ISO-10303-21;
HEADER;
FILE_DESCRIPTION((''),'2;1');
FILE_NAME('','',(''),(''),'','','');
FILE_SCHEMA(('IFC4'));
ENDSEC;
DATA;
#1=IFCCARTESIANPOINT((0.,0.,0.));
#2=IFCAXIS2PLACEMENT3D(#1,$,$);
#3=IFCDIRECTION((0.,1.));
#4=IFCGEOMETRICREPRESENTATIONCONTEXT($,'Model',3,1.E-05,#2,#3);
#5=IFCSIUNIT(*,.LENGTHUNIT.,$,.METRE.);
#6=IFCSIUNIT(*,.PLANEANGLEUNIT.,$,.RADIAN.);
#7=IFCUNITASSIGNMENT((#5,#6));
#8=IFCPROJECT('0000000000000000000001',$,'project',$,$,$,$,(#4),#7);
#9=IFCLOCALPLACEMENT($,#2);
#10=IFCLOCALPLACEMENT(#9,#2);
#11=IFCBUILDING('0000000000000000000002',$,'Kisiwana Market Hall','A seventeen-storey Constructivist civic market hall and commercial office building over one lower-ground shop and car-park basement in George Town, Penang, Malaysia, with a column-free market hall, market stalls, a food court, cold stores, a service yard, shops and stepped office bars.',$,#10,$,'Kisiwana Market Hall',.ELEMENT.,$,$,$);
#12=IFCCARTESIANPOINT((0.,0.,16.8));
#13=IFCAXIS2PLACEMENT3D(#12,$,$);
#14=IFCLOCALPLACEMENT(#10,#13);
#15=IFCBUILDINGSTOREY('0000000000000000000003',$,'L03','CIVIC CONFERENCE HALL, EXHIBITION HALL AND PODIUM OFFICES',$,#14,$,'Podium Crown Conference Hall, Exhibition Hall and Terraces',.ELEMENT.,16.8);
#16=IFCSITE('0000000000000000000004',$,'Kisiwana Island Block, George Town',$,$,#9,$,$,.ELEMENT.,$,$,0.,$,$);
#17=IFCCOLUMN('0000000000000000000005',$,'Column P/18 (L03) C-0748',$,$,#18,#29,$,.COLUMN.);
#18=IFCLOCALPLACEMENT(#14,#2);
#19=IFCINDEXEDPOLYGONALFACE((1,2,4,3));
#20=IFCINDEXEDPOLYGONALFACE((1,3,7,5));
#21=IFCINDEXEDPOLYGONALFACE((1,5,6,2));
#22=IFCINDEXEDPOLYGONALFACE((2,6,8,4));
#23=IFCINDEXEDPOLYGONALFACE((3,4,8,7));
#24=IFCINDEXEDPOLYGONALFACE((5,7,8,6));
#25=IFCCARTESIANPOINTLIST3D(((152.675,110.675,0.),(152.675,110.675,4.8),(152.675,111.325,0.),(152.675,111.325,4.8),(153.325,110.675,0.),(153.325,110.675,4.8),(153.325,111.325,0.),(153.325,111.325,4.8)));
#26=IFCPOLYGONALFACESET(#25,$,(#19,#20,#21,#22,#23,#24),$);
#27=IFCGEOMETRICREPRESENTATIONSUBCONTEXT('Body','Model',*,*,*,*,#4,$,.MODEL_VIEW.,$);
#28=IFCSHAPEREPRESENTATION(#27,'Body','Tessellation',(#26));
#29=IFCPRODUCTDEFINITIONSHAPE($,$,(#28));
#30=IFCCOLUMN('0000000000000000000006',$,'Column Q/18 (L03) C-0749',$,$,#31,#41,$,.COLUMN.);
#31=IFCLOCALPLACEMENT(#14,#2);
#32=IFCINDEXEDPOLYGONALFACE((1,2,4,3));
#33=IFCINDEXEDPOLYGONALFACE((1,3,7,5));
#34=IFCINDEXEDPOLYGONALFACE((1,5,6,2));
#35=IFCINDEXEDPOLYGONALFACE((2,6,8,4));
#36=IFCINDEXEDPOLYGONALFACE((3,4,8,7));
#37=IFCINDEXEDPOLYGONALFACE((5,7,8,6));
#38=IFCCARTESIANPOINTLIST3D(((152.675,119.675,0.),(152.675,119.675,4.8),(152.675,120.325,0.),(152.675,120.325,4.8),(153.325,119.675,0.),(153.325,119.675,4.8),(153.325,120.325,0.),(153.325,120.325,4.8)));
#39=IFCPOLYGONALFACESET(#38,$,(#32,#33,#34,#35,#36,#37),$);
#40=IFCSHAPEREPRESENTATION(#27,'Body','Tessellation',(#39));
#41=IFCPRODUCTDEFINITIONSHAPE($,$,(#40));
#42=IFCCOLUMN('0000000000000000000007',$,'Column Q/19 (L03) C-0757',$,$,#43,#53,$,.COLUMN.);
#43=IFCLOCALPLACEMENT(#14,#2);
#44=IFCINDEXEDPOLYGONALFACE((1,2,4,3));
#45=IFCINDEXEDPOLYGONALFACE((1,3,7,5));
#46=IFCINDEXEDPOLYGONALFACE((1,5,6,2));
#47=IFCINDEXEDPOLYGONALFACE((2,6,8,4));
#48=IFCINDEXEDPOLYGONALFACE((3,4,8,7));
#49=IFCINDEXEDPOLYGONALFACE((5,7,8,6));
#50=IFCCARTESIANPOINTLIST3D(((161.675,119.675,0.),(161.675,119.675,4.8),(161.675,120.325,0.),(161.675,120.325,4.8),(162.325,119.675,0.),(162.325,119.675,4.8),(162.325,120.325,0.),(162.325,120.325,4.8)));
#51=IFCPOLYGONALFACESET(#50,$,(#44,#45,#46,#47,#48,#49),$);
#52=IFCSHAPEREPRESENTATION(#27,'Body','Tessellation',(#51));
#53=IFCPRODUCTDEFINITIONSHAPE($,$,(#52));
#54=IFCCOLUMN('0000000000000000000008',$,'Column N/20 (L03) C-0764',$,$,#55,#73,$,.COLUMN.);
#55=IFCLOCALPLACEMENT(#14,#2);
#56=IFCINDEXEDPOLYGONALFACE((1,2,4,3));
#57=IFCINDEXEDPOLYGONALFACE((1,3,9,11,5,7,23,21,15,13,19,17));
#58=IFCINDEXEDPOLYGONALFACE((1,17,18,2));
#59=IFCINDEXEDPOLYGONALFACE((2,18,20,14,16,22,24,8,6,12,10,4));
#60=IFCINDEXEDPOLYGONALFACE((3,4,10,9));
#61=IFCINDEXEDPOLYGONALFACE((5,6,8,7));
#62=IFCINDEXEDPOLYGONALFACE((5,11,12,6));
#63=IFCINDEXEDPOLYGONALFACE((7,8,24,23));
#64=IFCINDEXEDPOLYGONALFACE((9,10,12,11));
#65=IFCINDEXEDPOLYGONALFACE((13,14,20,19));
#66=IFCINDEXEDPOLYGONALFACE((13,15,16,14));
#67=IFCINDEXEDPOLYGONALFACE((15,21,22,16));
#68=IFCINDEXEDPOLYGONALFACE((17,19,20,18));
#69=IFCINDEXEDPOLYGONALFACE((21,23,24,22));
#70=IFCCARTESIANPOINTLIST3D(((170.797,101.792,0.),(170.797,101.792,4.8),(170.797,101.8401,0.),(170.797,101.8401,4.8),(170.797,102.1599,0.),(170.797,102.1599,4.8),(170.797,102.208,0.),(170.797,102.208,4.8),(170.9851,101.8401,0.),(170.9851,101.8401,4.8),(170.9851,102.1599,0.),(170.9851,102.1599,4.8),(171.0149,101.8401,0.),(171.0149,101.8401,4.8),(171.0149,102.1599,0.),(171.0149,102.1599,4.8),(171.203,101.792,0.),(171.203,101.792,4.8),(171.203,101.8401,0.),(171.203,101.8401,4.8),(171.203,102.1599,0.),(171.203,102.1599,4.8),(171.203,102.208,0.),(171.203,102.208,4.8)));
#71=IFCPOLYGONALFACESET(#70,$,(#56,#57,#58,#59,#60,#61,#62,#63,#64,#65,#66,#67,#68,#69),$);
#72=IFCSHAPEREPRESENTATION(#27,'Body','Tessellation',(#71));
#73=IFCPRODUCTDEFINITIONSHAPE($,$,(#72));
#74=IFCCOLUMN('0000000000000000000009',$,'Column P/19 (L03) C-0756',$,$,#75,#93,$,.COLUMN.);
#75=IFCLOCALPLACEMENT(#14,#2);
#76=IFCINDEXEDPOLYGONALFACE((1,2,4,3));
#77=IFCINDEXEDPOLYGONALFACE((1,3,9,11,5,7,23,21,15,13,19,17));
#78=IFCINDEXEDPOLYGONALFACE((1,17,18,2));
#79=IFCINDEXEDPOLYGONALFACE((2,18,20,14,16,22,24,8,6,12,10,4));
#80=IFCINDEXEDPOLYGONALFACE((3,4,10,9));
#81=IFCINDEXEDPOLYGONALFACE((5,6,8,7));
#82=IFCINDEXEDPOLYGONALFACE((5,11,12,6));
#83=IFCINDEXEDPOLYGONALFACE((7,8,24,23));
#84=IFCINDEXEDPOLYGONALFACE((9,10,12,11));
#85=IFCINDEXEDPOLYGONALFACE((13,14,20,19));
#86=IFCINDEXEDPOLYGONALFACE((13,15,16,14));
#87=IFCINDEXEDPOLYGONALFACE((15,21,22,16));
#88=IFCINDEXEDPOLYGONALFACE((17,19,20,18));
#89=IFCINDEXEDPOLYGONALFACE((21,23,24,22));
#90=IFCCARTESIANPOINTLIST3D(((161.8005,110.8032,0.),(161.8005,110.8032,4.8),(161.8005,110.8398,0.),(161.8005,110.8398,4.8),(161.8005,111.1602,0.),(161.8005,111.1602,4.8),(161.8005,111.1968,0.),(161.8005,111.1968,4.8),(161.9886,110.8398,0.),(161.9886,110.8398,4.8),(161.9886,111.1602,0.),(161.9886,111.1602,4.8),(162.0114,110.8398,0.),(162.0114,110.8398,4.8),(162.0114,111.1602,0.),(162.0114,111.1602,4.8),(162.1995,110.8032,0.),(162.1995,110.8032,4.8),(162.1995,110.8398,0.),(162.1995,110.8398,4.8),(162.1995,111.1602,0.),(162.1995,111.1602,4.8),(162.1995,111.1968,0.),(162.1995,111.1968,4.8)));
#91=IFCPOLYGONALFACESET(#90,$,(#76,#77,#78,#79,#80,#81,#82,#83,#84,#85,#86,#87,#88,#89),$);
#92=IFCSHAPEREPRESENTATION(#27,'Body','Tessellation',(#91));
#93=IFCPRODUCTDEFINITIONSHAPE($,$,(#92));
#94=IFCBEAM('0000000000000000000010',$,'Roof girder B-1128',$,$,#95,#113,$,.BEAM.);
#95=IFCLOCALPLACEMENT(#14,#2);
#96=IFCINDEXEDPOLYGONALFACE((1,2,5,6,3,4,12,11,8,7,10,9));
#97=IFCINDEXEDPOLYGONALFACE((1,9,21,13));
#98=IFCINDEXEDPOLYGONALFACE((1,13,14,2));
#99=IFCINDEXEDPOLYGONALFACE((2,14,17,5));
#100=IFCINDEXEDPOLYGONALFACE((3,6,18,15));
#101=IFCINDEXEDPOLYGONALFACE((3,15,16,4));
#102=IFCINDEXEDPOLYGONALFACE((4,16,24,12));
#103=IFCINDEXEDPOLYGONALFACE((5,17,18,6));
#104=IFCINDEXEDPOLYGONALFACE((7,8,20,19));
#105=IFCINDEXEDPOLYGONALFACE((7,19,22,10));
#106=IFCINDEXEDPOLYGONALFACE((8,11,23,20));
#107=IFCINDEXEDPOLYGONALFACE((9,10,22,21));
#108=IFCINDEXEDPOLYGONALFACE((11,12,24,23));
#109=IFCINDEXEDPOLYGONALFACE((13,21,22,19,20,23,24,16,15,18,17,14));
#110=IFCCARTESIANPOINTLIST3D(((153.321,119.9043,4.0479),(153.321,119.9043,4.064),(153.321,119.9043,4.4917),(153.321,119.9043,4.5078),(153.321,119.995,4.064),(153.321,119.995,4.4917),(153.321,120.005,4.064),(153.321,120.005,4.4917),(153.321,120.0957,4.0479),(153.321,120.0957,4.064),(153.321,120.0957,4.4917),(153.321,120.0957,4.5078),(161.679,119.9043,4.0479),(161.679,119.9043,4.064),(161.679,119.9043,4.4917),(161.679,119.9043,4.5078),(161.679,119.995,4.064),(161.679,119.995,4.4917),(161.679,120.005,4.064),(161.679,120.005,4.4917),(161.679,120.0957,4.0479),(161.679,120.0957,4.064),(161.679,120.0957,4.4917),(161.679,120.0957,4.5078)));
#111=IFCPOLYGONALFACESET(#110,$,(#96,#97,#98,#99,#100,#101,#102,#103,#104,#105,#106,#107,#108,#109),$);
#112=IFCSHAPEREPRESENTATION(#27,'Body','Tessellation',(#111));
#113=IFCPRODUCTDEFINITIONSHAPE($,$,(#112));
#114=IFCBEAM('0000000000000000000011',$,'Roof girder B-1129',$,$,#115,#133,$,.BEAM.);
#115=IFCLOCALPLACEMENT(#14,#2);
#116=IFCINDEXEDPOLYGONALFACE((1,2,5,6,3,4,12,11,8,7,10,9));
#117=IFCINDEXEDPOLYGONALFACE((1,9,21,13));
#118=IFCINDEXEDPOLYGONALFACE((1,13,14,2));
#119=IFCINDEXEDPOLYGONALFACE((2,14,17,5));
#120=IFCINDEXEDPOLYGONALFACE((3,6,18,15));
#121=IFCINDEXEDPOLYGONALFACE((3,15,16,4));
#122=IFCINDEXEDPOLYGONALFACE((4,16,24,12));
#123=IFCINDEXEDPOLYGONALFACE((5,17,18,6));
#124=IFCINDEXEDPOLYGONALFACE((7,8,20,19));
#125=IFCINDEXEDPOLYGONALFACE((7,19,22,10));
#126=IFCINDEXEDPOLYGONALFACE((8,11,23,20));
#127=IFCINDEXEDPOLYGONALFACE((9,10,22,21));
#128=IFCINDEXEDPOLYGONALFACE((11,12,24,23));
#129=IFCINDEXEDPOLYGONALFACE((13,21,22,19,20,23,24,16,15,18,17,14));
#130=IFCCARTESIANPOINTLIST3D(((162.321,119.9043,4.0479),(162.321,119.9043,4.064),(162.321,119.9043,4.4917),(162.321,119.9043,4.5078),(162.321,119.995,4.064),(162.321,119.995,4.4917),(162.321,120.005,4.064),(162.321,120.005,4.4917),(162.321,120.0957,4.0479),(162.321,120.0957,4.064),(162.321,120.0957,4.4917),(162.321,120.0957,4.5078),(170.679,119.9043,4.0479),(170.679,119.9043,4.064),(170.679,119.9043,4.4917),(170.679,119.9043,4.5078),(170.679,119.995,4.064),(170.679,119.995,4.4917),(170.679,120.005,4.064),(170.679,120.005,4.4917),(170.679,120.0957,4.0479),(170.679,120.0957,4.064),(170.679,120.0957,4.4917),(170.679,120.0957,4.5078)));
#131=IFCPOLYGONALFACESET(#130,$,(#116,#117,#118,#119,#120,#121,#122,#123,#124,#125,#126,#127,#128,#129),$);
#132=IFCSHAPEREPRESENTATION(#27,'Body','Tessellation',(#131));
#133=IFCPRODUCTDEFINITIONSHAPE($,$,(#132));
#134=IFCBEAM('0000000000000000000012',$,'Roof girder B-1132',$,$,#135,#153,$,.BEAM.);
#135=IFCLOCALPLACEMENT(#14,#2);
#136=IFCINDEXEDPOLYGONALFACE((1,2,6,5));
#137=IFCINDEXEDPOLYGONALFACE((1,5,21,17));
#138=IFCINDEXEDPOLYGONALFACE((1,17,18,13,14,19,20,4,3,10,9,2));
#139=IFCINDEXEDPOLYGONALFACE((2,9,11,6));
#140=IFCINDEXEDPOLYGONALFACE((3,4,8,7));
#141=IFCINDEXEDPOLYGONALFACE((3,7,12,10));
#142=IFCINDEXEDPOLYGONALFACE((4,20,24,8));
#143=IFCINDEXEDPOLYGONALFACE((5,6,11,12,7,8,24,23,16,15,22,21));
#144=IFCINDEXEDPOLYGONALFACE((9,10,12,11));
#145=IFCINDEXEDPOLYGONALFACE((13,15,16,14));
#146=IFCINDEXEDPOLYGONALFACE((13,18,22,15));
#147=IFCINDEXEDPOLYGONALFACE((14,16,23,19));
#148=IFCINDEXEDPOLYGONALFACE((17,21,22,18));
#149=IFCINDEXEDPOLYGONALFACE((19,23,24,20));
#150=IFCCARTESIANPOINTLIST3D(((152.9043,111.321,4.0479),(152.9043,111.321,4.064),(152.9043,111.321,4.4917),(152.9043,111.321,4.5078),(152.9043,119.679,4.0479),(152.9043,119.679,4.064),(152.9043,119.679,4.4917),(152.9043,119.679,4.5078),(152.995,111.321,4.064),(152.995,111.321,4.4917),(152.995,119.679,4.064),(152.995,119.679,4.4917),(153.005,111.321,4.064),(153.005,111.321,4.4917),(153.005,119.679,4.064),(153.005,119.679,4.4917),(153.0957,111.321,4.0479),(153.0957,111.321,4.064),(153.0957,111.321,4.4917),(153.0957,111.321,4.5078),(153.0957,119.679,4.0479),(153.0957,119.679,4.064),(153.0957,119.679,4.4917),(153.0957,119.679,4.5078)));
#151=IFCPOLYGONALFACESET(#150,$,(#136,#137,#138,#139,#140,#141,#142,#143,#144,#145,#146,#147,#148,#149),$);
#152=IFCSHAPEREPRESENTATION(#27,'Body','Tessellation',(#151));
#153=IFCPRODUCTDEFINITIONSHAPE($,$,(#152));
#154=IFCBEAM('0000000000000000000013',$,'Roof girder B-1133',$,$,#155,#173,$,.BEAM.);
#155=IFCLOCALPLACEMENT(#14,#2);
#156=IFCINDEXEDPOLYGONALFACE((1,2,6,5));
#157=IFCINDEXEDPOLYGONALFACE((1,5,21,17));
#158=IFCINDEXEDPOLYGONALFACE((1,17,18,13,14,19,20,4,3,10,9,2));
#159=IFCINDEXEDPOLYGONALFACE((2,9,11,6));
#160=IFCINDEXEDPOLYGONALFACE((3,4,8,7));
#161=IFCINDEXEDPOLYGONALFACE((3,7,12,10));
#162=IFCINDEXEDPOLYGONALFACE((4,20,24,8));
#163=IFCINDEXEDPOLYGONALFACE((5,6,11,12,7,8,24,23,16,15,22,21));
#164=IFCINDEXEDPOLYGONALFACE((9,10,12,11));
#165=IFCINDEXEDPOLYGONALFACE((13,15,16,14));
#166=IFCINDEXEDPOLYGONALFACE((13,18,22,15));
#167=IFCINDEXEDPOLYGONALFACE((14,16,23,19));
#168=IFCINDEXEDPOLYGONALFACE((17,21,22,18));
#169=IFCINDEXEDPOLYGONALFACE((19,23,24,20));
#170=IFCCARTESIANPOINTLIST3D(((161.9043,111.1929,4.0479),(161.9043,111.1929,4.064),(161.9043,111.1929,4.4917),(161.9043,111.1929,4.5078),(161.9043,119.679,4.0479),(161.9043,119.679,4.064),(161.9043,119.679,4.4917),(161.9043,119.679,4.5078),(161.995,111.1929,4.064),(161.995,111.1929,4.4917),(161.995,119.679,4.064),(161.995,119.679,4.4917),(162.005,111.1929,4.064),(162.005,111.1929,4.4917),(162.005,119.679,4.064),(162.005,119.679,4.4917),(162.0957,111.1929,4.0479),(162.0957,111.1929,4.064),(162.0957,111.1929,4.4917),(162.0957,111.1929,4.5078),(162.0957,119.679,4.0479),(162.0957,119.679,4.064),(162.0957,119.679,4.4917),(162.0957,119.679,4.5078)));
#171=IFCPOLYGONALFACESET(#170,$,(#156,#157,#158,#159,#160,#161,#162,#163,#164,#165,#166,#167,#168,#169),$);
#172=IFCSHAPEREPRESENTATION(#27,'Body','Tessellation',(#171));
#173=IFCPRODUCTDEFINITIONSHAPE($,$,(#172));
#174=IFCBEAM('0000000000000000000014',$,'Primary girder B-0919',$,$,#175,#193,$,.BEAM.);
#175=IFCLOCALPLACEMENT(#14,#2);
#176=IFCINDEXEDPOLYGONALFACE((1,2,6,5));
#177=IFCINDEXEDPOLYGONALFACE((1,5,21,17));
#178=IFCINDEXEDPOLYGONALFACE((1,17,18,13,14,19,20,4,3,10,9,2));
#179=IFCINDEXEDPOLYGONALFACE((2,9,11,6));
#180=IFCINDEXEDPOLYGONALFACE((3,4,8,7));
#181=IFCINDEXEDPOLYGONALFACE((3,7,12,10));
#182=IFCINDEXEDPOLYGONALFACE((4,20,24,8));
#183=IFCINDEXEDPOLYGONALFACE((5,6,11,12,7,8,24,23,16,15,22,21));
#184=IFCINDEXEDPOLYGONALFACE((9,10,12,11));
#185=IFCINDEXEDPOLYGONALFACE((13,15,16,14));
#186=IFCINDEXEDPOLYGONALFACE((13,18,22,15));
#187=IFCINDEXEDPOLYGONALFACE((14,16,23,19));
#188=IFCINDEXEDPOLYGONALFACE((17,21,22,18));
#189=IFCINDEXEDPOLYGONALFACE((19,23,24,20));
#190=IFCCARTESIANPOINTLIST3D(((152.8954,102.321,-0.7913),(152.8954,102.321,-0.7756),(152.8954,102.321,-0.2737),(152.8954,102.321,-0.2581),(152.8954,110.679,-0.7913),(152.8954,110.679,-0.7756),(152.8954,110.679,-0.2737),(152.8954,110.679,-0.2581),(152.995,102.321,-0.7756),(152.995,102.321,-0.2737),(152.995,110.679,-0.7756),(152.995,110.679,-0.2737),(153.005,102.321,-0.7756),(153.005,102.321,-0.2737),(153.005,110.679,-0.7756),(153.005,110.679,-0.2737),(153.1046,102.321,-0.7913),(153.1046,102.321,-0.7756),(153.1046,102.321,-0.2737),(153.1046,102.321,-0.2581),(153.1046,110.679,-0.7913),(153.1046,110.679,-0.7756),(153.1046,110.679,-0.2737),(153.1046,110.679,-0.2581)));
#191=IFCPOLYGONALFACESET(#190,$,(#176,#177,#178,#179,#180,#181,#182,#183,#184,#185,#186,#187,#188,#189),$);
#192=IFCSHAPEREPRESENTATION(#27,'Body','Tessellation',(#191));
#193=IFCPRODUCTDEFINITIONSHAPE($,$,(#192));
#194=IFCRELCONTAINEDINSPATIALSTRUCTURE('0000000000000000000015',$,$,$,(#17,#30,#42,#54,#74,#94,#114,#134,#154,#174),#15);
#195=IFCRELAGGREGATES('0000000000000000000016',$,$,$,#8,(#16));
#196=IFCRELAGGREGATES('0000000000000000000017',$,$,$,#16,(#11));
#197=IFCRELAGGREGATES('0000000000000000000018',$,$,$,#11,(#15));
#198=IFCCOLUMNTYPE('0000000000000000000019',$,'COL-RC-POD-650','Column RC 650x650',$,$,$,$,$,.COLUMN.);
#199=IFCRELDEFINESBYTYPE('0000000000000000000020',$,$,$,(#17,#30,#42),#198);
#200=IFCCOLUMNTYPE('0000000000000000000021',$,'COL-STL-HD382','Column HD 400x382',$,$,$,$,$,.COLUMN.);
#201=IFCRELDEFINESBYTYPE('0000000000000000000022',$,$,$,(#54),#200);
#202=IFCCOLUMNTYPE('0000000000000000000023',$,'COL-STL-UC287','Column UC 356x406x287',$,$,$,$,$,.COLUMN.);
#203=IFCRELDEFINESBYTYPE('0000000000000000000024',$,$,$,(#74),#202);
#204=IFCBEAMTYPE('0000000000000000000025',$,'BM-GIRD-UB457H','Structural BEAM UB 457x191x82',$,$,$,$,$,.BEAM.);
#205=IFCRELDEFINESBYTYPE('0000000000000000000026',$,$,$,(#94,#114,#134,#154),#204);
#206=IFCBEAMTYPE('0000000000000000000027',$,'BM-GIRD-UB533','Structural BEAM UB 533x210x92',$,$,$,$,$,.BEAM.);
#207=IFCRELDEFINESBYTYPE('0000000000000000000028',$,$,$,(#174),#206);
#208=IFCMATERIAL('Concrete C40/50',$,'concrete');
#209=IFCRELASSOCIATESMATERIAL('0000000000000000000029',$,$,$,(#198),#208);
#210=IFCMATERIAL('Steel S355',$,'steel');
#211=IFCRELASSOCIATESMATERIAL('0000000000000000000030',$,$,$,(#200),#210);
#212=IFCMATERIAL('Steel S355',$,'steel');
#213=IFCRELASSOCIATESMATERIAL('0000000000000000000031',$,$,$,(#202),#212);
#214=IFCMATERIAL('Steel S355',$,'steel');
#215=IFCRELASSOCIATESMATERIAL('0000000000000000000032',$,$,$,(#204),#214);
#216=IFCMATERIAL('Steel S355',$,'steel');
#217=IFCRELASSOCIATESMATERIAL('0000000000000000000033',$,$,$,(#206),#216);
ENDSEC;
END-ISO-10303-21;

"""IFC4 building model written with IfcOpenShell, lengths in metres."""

from ifc_helpers import new_model, si_unit, direction, frame, origin, origin_2d, place, context, subcontext, project, spatial, rectangle, i_section, extrude, material, material_profile, profile_set, type_object, element, save


model = new_model("IFC4")

# Units and contexts
model_context = context("Model", 3, precision=1e-05, world=origin(), true_north=direction((0.0, 1.0)))
body_context = subcontext(model_context, "Body", "Model", "MODEL_VIEW")
ifc_project = project(units=[si_unit("LENGTHUNIT", "METRE"), si_unit("PLANEANGLEUNIT", "RADIAN")], contexts=[model_context])

# Site, building, storey
site_placement = place(None, origin())
site = spatial("IfcSite", under=ifc_project, at=site_placement, Name="Kisiwana Island Block, George Town", CompositionType="ELEMENT", RefElevation=0.0)
building_placement = place(site_placement, origin())
building = spatial("IfcBuilding", under=site, at=building_placement, Name="Kisiwana Market Hall", Description="A seventeen-storey Constructivist civic market hall and commercial office building over one lower-ground shop and car-park basement in George Town, Penang, Malaysia, with a column-free market hall, market stalls, a food court, cold stores, a service yard, shops and stepped office bars.", LongName="Kisiwana Market Hall", CompositionType="ELEMENT")
storey_placement = place(building_placement, frame((0.0, 0.0, 16.8)))
storey = spatial("IfcBuildingStorey", under=building, at=storey_placement, Name="L03", Description="CIVIC CONFERENCE HALL, EXHIBITION HALL AND PODIUM OFFICES", LongName="Podium Crown Conference Hall, Exhibition Hall and Terraces", CompositionType="ELEMENT", Elevation=16.8)

# Columns
ifc_material_1 = material(Name="Concrete C40/50", Category="concrete")
ifc_material_profile_1 = material_profile(ifc_material_1, rectangle(XDim=0.6499, YDim=0.6499, at=origin_2d()), Name="RC 650x650")
ifc_profile_set_1 = profile_set([ifc_material_profile_1], Name="Concrete C40/50")
column_type_1 = type_object("IfcColumnType", Name="COL-RC-POD-650", Description="Column RC 650x650", PredefinedType="COLUMN", material=ifc_profile_set_1)
for number, where, z_axis, x_axis, name in (
    (1, (153.0, 111.0, 0.0), (0.0, 0.0, 1.0), (1.0, 0.0, 0.0), "Column P/18 (L03) C-0748"),
    (2, (153.0, 120.0, 0.0), (0.0, 0.0, 1.0), (1.0, 0.0, 0.0), "Column Q/18 (L03) C-0749"),
    (3, (162.0, 120.0, 0.0), (0.0, 0.0, 1.0), (1.0, 0.0, 0.0), "Column Q/19 (L03) C-0757"),
):
    element("IfcColumn", number, at=place(storey_placement, frame(where, z_axis=z_axis, x_axis=x_axis)), inside=storey, type_object=column_type_1, Name=name, PredefinedType="COLUMN", context=body_context, shape_type="SweptSolid", body=[
        extrude(rectangle(XDim=0.6499, YDim=0.6499, at=origin_2d()), origin(), (0.0, 0.0, 1.0), 4.8),
    ])
ifc_material_2 = material(Name="Steel S355", Category="steel")
ifc_material_profile_2 = material_profile(ifc_material_2, i_section(OverallWidth=0.406, OverallDepth=0.416, WebThickness=0.0298, FlangeThickness=0.0481, at=origin_2d()), Name="HD 400x382")
ifc_profile_set_2 = profile_set([ifc_material_profile_2], Name="Steel S355")
column_type_2 = type_object("IfcColumnType", Name="COL-STL-HD382", Description="Column HD 400x382", PredefinedType="COLUMN", material=ifc_profile_set_2)
column_1_placement = place(storey_placement, frame((171.0, 102.0, 0.0), z_axis=(0.0, 0.0, 1.0), x_axis=(1.0, 0.0, 0.0)))
element("IfcColumn", 4, at=column_1_placement, inside=storey, type_object=column_type_2, Name="Column N/20 (L03) C-0764", PredefinedType="COLUMN", context=body_context, shape_type="SweptSolid", body=[
    extrude(i_section(OverallWidth=0.406, OverallDepth=0.416, WebThickness=0.0298, FlangeThickness=0.0481, at=origin_2d()), origin(), (0.0, 0.0, 1.0), 4.8),
])
ifc_material_3 = material(Name="Steel S355", Category="steel")
ifc_material_profile_3 = material_profile(ifc_material_3, i_section(OverallWidth=0.3989, OverallDepth=0.3936, WebThickness=0.0227, FlangeThickness=0.0366, at=origin_2d()), Name="UC 356x406x287")
ifc_profile_set_3 = profile_set([ifc_material_profile_3], Name="Steel S355")
column_type_3 = type_object("IfcColumnType", Name="COL-STL-UC287", Description="Column UC 356x406x287", PredefinedType="COLUMN", material=ifc_profile_set_3)
column_2_placement = place(storey_placement, frame((162.0, 111.0, 0.0), z_axis=(0.0, 0.0, 1.0), x_axis=(1.0, 0.0, 0.0)))
element("IfcColumn", 5, at=column_2_placement, inside=storey, type_object=column_type_3, Name="Column P/19 (L03) C-0756", PredefinedType="COLUMN", context=body_context, shape_type="SweptSolid", body=[
    extrude(i_section(OverallWidth=0.3989, OverallDepth=0.3936, WebThickness=0.0227, FlangeThickness=0.0366, at=origin_2d()), origin(), (0.0, 0.0, 1.0), 4.8),
])

# Beams
ifc_material_4 = material(Name="Steel S355", Category="steel")
ifc_material_profile_4 = material_profile(ifc_material_4, i_section(OverallWidth=0.1914, OverallDepth=0.46, WebThickness=0.01, FlangeThickness=0.0161, at=origin_2d()), Name="UB 457x191x82")
ifc_profile_set_4 = profile_set([ifc_material_profile_4], Name="Steel S355")
beam_type_1 = type_object("IfcBeamType", Name="BM-GIRD-UB457H", Description="Structural BEAM UB 457x191x82", PredefinedType="BEAM", material=ifc_profile_set_4)
for number, where, z_axis, x_axis, name in (
    (6, (153.321, 120.0, 4.2778), (1.0, 0.0, 0.0), (0.0, 1.0, 0.0), "Roof girder B-1128"),
    (7, (162.321, 120.0, 4.2778), (1.0, 0.0, 0.0), (0.0, 1.0, 0.0), "Roof girder B-1129"),
    (8, (153.0, 111.321, 4.2778), (0.0, 1.0, 0.0), (-1.0, 0.0, 0.0), "Roof girder B-1132"),
):
    element("IfcBeam", number, at=place(storey_placement, frame(where, z_axis=z_axis, x_axis=x_axis)), inside=storey, type_object=beam_type_1, Name=name, PredefinedType="BEAM", context=body_context, shape_type="SweptSolid", body=[
        extrude(i_section(OverallWidth=0.1914, OverallDepth=0.46, WebThickness=0.01, FlangeThickness=0.0161, at=origin_2d()), origin(), (0.0, 0.0, 1.0), 8.3579),
    ])
beam_1_placement = place(storey_placement, frame((162.0, 111.1929, 4.2778), z_axis=(0.0, 1.0, 0.0), x_axis=(-1.0, 0.0, 0.0)))
element("IfcBeam", 9, at=beam_1_placement, inside=storey, type_object=beam_type_1, Name="Roof girder B-1133", PredefinedType="BEAM", context=body_context, shape_type="SweptSolid", body=[
    extrude(i_section(OverallWidth=0.1914, OverallDepth=0.46, WebThickness=0.01, FlangeThickness=0.0161, at=origin_2d()), origin(), (0.0, 0.0, 1.0), 8.4861),
])
ifc_material_5 = material(Name="Steel S355", Category="steel")
ifc_material_profile_5 = material_profile(ifc_material_5, i_section(OverallWidth=0.2092, OverallDepth=0.5332, WebThickness=0.01, FlangeThickness=0.0156, at=origin_2d()), Name="UB 533x210x92")
ifc_profile_set_5 = profile_set([ifc_material_profile_5], Name="Steel S355")
beam_type_2 = type_object("IfcBeamType", Name="BM-GIRD-UB533", Description="Structural BEAM UB 533x210x92", PredefinedType="BEAM", material=ifc_profile_set_5)
for number, where, z_axis, x_axis, name in (
    (10, (153.0, 102.321, -0.5247), (0.0, 1.0, 0.0), (-1.0, 0.0, 0.0), "Primary girder B-0919"),
):
    element("IfcBeam", number, at=place(storey_placement, frame(where, z_axis=z_axis, x_axis=x_axis)), inside=storey, type_object=beam_type_2, Name=name, PredefinedType="BEAM", context=body_context, shape_type="SweptSolid", body=[
        extrude(i_section(OverallWidth=0.2092, OverallDepth=0.5332, WebThickness=0.01, FlangeThickness=0.0156, at=origin_2d()), origin(), (0.0, 0.0, 1.0), 8.3579),
    ])

save(model, "model.ifc")
